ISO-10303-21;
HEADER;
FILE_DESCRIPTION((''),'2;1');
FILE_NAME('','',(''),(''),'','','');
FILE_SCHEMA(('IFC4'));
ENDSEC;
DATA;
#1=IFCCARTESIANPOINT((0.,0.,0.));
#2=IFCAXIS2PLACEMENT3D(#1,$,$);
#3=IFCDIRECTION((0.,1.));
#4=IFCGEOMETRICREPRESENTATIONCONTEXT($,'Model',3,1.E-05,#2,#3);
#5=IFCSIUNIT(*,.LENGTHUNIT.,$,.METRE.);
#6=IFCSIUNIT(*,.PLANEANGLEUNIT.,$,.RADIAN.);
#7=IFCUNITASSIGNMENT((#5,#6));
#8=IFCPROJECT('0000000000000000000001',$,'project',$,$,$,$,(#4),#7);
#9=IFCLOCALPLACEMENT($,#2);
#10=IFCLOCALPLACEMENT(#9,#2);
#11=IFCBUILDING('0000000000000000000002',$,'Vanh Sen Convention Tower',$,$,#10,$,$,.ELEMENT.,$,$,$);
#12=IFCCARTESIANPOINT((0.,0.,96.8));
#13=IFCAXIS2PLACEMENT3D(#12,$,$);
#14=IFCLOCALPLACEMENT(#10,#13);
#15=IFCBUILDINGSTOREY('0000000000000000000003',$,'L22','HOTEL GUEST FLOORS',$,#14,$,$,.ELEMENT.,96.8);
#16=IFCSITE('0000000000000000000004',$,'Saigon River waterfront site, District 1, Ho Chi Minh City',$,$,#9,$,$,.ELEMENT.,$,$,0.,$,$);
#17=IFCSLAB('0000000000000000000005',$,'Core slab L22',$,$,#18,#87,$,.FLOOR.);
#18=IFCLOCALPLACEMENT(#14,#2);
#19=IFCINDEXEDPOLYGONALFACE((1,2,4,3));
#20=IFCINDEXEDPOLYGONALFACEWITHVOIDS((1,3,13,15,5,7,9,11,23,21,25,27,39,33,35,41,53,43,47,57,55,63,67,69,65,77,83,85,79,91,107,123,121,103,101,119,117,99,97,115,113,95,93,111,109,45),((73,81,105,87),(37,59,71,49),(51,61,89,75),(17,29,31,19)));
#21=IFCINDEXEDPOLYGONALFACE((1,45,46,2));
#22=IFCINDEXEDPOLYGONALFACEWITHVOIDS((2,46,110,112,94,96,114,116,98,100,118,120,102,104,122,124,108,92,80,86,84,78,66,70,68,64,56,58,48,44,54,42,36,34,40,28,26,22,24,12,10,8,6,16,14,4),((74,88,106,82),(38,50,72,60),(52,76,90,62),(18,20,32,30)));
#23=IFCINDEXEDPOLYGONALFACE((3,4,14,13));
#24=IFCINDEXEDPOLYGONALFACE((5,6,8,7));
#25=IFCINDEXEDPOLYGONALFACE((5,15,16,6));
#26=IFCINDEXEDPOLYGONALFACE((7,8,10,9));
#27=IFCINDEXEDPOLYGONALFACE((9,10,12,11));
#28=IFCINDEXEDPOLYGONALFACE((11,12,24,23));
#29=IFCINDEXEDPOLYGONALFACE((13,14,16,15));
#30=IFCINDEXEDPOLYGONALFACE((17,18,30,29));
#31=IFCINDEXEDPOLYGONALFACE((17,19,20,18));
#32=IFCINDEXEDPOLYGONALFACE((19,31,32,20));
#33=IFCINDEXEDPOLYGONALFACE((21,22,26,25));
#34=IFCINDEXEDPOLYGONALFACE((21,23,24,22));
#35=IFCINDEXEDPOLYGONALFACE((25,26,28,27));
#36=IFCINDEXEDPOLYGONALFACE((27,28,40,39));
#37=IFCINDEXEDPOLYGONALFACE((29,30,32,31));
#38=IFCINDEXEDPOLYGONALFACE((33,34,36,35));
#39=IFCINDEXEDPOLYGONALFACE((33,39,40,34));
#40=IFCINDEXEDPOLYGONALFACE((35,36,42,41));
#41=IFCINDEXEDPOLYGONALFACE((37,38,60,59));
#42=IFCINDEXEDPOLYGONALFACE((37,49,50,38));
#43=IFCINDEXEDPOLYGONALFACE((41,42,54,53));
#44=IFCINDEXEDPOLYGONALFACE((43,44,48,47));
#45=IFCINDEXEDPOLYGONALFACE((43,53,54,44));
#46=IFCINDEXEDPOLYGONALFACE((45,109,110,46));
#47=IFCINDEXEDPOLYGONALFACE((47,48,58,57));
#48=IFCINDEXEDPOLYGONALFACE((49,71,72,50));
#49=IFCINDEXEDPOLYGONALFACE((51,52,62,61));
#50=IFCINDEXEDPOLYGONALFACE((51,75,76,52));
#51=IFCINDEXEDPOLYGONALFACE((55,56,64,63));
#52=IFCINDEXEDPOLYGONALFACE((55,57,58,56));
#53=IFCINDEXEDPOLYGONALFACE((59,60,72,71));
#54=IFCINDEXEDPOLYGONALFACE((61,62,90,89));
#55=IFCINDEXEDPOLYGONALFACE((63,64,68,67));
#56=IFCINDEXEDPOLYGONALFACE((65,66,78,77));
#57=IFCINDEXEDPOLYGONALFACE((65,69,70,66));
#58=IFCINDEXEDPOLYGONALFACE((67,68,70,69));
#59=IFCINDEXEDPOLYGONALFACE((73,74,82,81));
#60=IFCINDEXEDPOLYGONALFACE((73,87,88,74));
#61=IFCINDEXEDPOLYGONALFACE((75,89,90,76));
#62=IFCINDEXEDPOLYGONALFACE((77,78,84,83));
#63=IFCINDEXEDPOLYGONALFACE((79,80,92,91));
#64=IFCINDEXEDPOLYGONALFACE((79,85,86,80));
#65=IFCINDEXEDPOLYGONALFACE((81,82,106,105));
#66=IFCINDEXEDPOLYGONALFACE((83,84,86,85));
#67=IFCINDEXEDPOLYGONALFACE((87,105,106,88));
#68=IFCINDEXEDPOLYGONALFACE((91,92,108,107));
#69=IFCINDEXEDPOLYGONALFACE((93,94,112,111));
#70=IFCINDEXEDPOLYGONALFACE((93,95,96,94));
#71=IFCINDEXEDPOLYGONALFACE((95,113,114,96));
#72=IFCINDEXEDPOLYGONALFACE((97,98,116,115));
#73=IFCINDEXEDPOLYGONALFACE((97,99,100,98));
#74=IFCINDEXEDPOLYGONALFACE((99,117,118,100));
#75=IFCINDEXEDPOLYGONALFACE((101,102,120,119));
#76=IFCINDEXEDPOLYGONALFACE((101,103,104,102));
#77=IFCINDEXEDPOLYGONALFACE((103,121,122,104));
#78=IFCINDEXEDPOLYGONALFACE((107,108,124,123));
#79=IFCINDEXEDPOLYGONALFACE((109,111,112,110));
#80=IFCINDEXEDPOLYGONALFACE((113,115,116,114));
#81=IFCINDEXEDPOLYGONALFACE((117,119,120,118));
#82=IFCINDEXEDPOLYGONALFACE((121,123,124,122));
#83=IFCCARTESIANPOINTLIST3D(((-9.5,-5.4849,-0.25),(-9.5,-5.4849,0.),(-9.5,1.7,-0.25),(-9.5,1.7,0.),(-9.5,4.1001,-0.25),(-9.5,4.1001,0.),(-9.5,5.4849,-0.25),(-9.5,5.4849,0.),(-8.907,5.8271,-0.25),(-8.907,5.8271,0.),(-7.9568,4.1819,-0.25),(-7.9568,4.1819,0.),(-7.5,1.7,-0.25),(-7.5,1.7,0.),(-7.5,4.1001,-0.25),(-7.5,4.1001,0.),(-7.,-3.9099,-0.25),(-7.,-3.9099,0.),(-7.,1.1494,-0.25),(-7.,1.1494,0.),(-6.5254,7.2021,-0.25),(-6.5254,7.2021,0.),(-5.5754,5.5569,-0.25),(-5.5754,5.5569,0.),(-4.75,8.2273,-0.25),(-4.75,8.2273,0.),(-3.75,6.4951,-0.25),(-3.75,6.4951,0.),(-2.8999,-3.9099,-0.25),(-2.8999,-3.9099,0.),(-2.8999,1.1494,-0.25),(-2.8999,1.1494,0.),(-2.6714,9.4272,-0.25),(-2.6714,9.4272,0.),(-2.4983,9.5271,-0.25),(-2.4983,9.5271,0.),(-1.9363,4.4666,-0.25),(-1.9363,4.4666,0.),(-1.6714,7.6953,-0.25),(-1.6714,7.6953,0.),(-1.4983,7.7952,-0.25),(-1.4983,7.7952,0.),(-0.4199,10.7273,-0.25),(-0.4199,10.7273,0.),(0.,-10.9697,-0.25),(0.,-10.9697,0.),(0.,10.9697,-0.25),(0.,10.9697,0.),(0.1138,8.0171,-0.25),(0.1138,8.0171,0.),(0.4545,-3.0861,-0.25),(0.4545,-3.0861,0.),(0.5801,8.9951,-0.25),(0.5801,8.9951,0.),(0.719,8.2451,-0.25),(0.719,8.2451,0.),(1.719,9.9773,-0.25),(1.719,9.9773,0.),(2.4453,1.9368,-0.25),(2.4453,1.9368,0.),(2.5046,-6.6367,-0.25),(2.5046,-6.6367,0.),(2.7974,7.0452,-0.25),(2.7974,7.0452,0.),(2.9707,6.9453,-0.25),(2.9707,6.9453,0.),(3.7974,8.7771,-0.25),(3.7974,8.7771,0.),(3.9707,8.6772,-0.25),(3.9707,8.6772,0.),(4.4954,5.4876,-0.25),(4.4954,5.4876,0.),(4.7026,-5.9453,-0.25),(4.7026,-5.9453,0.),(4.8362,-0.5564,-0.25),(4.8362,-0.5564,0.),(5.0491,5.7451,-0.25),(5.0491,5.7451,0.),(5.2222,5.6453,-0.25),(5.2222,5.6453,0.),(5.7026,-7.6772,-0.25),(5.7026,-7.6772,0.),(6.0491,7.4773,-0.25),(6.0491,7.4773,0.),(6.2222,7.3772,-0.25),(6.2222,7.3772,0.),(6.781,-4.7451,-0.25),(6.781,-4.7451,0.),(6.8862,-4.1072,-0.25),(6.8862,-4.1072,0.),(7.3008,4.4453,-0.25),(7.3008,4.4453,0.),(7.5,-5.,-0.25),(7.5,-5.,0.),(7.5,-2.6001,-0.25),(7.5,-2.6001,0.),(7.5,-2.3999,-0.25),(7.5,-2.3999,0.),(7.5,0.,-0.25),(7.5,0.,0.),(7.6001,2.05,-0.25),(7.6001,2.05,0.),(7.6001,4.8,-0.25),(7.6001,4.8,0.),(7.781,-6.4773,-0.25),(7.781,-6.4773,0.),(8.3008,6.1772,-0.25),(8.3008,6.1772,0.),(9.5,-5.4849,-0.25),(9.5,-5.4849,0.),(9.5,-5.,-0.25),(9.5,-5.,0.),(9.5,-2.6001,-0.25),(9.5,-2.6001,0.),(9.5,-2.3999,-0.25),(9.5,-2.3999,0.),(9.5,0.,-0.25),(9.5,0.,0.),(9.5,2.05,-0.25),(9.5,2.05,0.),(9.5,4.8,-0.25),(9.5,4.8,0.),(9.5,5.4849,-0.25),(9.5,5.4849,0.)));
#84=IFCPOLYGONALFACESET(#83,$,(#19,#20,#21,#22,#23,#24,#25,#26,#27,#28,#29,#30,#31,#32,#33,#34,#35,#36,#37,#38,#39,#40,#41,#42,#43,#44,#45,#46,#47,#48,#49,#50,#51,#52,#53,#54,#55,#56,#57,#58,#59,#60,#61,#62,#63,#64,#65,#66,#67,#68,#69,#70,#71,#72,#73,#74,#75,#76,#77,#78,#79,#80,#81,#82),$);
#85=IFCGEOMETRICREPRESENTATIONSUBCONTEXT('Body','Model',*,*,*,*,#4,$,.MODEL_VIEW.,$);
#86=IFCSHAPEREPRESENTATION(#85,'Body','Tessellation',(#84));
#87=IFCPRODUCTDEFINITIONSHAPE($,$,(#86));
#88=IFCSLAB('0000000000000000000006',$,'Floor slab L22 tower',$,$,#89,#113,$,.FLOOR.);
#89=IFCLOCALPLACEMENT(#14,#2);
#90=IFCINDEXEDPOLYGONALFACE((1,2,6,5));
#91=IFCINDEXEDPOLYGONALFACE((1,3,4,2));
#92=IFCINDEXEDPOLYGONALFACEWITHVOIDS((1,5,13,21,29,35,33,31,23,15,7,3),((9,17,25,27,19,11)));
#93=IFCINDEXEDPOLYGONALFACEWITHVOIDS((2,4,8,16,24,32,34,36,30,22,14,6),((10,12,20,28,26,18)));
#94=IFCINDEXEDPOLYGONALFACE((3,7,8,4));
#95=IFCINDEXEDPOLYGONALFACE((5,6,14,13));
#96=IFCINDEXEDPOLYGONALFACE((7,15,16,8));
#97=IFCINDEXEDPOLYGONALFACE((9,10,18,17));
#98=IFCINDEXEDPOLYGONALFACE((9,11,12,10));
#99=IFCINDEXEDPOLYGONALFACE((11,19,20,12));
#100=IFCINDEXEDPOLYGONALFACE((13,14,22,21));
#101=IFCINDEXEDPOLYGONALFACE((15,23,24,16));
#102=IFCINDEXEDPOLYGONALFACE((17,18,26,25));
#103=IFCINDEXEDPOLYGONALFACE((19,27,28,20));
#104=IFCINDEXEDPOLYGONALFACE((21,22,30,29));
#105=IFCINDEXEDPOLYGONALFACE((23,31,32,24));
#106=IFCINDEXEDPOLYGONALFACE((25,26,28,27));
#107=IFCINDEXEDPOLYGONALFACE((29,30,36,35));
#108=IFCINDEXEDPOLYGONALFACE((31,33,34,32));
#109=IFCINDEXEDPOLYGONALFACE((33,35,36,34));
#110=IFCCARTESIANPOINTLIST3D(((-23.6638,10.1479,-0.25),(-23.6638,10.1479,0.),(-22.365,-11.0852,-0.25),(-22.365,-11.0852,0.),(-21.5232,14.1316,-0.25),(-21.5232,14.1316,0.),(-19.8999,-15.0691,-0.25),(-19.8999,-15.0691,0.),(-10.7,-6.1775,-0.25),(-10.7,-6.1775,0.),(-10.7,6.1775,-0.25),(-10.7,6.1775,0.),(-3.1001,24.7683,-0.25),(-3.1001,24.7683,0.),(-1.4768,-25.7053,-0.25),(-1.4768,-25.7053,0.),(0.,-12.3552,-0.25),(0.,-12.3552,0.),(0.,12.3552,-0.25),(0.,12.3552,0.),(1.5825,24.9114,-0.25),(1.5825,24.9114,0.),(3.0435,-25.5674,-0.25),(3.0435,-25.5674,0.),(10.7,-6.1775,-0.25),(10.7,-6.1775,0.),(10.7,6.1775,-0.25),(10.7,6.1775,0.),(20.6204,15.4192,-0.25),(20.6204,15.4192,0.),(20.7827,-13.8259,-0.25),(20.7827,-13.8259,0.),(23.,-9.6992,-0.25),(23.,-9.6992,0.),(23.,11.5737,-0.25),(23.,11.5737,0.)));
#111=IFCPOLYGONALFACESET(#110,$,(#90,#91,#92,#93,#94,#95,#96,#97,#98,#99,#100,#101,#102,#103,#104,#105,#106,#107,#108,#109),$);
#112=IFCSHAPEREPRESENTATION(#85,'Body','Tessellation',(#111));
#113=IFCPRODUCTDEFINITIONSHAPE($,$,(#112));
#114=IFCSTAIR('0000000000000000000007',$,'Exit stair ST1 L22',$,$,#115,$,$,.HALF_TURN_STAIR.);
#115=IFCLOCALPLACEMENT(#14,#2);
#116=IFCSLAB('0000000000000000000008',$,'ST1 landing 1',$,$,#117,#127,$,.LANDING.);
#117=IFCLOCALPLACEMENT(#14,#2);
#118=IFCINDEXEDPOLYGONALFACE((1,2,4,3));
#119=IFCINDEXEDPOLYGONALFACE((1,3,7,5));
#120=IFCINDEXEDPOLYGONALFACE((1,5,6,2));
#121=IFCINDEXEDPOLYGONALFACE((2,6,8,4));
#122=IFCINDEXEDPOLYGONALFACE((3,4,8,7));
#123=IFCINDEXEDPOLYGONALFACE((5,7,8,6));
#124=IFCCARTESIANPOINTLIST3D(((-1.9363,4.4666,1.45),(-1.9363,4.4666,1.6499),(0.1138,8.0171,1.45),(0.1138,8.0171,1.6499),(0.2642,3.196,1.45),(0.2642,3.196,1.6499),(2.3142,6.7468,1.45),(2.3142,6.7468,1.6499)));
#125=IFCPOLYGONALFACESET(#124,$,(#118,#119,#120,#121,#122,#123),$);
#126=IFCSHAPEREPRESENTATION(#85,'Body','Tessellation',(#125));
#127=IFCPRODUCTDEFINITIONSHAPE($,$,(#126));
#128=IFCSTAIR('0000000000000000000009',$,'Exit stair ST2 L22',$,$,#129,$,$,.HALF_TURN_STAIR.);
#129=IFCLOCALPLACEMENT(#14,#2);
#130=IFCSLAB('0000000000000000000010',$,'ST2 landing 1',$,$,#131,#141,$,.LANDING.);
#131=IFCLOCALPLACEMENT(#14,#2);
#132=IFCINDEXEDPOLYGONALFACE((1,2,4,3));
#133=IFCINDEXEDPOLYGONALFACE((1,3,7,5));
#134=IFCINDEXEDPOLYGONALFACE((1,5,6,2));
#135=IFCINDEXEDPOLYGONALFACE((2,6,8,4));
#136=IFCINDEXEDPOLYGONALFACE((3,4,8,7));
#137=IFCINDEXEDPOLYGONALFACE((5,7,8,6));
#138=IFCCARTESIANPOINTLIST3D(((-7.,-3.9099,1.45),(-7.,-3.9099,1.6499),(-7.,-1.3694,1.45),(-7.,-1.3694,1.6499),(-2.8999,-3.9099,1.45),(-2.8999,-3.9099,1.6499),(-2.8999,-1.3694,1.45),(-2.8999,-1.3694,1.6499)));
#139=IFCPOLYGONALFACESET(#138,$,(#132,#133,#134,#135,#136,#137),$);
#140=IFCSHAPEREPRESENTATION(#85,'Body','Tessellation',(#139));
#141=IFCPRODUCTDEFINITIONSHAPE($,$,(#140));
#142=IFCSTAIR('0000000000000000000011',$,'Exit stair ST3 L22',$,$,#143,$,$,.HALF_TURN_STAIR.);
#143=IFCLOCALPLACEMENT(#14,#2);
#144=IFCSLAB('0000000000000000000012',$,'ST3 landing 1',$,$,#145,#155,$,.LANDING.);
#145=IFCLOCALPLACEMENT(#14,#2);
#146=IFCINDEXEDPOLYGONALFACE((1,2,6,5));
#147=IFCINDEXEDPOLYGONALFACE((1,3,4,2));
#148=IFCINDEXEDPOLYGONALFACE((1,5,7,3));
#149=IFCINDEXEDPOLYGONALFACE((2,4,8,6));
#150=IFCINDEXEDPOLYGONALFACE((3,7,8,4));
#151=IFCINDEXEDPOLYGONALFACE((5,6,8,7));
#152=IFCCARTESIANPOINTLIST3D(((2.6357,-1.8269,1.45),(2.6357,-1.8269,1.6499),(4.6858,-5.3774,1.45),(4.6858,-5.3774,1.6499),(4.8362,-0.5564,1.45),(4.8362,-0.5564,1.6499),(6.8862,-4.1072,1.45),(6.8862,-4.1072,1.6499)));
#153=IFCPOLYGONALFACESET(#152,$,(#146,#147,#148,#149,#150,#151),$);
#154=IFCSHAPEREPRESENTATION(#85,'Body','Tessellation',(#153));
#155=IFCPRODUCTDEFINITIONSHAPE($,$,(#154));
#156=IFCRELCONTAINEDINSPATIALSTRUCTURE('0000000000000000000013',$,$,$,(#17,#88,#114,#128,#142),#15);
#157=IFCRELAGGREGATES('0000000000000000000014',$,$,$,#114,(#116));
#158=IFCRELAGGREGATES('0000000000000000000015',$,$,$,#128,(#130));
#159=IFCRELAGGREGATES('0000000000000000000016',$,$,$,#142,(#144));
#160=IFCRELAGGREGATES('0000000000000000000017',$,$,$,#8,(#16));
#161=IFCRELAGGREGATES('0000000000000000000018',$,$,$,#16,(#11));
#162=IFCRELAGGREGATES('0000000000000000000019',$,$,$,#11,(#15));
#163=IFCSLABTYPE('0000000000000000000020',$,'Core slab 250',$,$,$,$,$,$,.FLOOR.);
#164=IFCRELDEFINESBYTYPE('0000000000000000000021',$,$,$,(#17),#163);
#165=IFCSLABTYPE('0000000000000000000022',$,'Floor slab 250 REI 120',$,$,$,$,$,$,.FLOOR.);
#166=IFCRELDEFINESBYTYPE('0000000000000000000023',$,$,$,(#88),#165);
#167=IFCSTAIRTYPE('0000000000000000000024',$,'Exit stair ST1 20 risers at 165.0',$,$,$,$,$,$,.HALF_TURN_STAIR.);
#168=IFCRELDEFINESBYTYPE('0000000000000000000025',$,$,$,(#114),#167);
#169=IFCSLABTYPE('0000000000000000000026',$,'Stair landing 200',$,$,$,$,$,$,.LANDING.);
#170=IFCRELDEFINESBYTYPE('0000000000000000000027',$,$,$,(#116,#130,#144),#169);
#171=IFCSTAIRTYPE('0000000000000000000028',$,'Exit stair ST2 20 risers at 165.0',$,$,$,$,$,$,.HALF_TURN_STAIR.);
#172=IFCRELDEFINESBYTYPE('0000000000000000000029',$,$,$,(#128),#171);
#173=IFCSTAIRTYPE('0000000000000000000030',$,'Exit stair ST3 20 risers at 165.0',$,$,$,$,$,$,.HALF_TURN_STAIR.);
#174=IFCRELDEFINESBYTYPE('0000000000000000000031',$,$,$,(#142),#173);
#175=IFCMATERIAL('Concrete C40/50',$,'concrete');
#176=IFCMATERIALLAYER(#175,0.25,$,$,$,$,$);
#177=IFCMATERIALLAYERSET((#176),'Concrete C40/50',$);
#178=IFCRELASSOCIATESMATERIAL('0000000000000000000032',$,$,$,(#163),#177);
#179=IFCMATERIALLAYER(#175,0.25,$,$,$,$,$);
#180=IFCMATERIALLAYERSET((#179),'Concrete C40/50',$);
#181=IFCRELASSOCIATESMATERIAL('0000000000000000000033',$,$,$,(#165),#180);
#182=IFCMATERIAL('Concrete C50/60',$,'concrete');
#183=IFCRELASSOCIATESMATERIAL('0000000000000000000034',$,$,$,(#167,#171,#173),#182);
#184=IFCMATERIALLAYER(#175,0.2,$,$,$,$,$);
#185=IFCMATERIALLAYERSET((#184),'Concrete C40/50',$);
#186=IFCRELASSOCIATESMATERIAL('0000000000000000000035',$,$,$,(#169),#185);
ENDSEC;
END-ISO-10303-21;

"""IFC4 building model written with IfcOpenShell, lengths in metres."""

from ifc_helpers import new_model, si_unit, direction, frame, origin, place, context, subcontext, project, spatial, polyline, outline, extrude, material, layer, layer_set, type_object, element, aggregate, save


model = new_model("IFC4")

# Units and contexts
model_context = context("Model", 3, precision=1e-05, world=origin(), true_north=direction((0.0, 1.0)))
body_context = subcontext(model_context, "Body", "Model", "MODEL_VIEW")
ifc_project = project(units=[si_unit("LENGTHUNIT", "METRE"), si_unit("PLANEANGLEUNIT", "RADIAN")], contexts=[model_context])

# Site, building, storey
site_placement = place(None, origin())
site = spatial("IfcSite", under=ifc_project, at=site_placement, Name="Saigon River waterfront site, District 1, Ho Chi Minh City", CompositionType="ELEMENT", RefElevation=0.0)
building_placement = place(site_placement, origin())
building = spatial("IfcBuilding", under=site, at=building_placement, Name="Vanh Sen Convention Tower", CompositionType="ELEMENT")
storey_placement = place(building_placement, frame((0.0, 0.0, 96.8)))
storey = spatial("IfcBuildingStorey", under=building, at=storey_placement, Name="L22", Description="HOTEL GUEST FLOORS", CompositionType="ELEMENT", Elevation=96.8)

# Slabs
ifc_material_1 = material(Name="Concrete C40/50", Category="concrete")
ifc_layer_1 = layer(ifc_material_1, 0.25)
ifc_layer_set_1 = layer_set([ifc_layer_1], Name="Concrete C40/50")
slab_type_1 = type_object("IfcSlabType", Name="Core slab 250", PredefinedType="FLOOR", material=ifc_layer_set_1)
slab_1_placement = place(storey_placement, frame((0.0, 0.0, -0.25)))
element("IfcSlab", 1, at=slab_1_placement, inside=storey, type_object=slab_type_1, Name="Core slab L22", PredefinedType="FLOOR", context=body_context, shape_type="SweptSolid", body=[
    extrude(outline(polyline([(9.5, 5.4849), (9.5, 4.8), (7.6001, 4.8), (7.6001, 2.05), (9.5, 2.05), (9.5, 0.0), (7.5, 0.0), (7.5, -2.3999), (9.5, -2.3999), (9.5, -2.6001), (7.5, -2.6001), (7.5, -5.0), (9.5, -5.0), (9.5, -5.4849), (0.0, -10.9697), (-9.5, -5.4849), (-9.5, 1.7), (-7.5, 1.7), (-7.5, 4.1001), (-9.5, 4.1001), (-9.5, 5.4849), (-8.907, 5.8271), (-7.9568, 4.1819), (-5.5754, 5.5569), (-6.5254, 7.2021), (-4.75, 8.2273), (-3.75, 6.4951), (-1.6714, 7.6953), (-2.6714, 9.4272), (-2.4983, 9.5271), (-1.4983, 7.7952), (0.5801, 8.9951), (-0.4199, 10.7273), (0.0, 10.9697), (1.719, 9.9773), (0.719, 8.2451), (2.7974, 7.0452), (3.7974, 8.7771), (3.9707, 8.6772), (2.9707, 6.9453), (5.0491, 5.7451), (6.0491, 7.4773), (6.2222, 7.3772), (5.2222, 5.6453), (7.3008, 4.4453), (8.3008, 6.1772), (9.5, 5.4849)]), holes=[polyline([(-7.0, 3.1499), (-7.0, -3.9099), (-2.8999, -3.9099), (-2.8999, 3.1499), (-2.8999, 1.1494), (-7.0, 1.1494), (-7.0, 3.1499)]), polyline([(4.4954, 5.4875), (6.228, 4.4873), (0.1138, 8.0171), (-1.9363, 4.4666), (2.4453, 1.9368), (4.4954, 5.4875)]), polyline([(7.781, -6.4773), (6.781, -4.7451), (4.7026, -5.9453), (5.7026, -7.6772), (7.781, -6.4773)]), polyline([(0.4546, -3.0862), (2.5046, -6.6367), (6.8862, -4.1072), (4.8362, -0.5564), (-1.2781, -4.0864), (0.4546, -3.0862)])]), origin(), (0.0, 0.0, 1.0), 0.25),
])
ifc_layer_2 = layer(ifc_material_1, 0.25)
ifc_layer_set_2 = layer_set([ifc_layer_2], Name="Concrete C40/50")
slab_type_2 = type_object("IfcSlabType", Name="Floor slab 250 REI 120", PredefinedType="FLOOR", material=ifc_layer_set_2)
slab_2_placement = place(storey_placement, frame((0.0, 0.0, -0.25)))
element("IfcSlab", 2, at=slab_2_placement, inside=storey, type_object=slab_type_2, Name="Floor slab L22 tower", PredefinedType="FLOOR", context=body_context, shape_type="SweptSolid", body=[
    extrude(outline(polyline([(23.0, -9.6992), (23.0, 11.5737), (20.6204, 15.4192), (1.5825, 24.9114), (-3.1001, 24.7683), (-21.5232, 14.1316), (-23.6638, 10.1479), (-22.365, -11.0852), (-19.8999, -15.0691), (-1.4768, -25.7053), (3.0435, -25.5674), (20.7827, -13.8259), (23.0, -9.6992)]), holes=[polyline([(0.0, 12.3552), (-10.7, 6.1775), (-10.7, -6.1775), (0.0, -12.3552), (10.7, -6.1775), (10.7, 6.1775), (0.0, 12.3552)])]), origin(), (0.0, 0.0, 1.0), 0.25),
])

# Stairs, slabs
ifc_material_2 = material(Name="Concrete C50/60", Category="concrete")
stair_type_1 = type_object("IfcStairType", Name="Exit stair ST1 20 risers at 165.0", PredefinedType="HALF_TURN_STAIR", material=ifc_material_2)
stair_1_placement = place(storey_placement, origin())
stair_1 = element("IfcStair", 3, at=stair_1_placement, inside=storey, type_object=stair_type_1, Name="Exit stair ST1 L22", PredefinedType="HALF_TURN_STAIR")
ifc_layer_3 = layer(ifc_material_1, 0.2)
ifc_layer_set_3 = layer_set([ifc_layer_3], Name="Concrete C40/50")
slab_type_3 = type_object("IfcSlabType", Name="Stair landing 200", PredefinedType="LANDING", material=ifc_layer_set_3)
slab_3_placement = place(storey_placement, frame((0.0, 0.0, 1.45)))
slab_3 = element("IfcSlab", 4, at=slab_3_placement, type_object=slab_type_3, Name="ST1 landing 1", PredefinedType="LANDING", context=body_context, shape_type="SweptSolid", body=[
    extrude(outline(polyline([(2.3142, 6.7468), (0.1138, 8.0171), (-1.9363, 4.4666), (0.2642, 3.196), (2.3142, 6.7468)])), origin(), (0.0, 0.0, 1.0), 0.2),
])
aggregate(stair_1, [slab_3])
stair_type_2 = type_object("IfcStairType", Name="Exit stair ST2 20 risers at 165.0", PredefinedType="HALF_TURN_STAIR", material=ifc_material_2)
stair_2_placement = place(storey_placement, origin())
stair_2 = element("IfcStair", 5, at=stair_2_placement, inside=storey, type_object=stair_type_2, Name="Exit stair ST2 L22", PredefinedType="HALF_TURN_STAIR")
slab_4_placement = place(storey_placement, frame((0.0, 0.0, 1.45)))
slab_4 = element("IfcSlab", 6, at=slab_4_placement, type_object=slab_type_3, Name="ST2 landing 1", PredefinedType="LANDING", context=body_context, shape_type="SweptSolid", body=[
    extrude(outline(polyline([(-7.0, -1.3694), (-7.0, -3.9099), (-2.8999, -3.9099), (-2.8999, -1.3694), (-7.0, -1.3694)])), origin(), (0.0, 0.0, 1.0), 0.2),
])
aggregate(stair_2, [slab_4])
stair_type_3 = type_object("IfcStairType", Name="Exit stair ST3 20 risers at 165.0", PredefinedType="HALF_TURN_STAIR", material=ifc_material_2)
stair_3_placement = place(storey_placement, origin())
stair_3 = element("IfcStair", 7, at=stair_3_placement, inside=storey, type_object=stair_type_3, Name="Exit stair ST3 L22", PredefinedType="HALF_TURN_STAIR")
slab_5_placement = place(storey_placement, frame((0.0, 0.0, 1.45)))
slab_5 = element("IfcSlab", 8, at=slab_5_placement, type_object=slab_type_3, Name="ST3 landing 1", PredefinedType="LANDING", context=body_context, shape_type="SweptSolid", body=[
    extrude(outline(polyline([(4.6858, -5.3774), (6.8862, -4.1072), (4.8362, -0.5564), (2.6357, -1.8269), (4.6858, -5.3774)])), origin(), (0.0, 0.0, 1.0), 0.2),
])
aggregate(stair_3, [slab_5])

save(model, "model.ifc")
